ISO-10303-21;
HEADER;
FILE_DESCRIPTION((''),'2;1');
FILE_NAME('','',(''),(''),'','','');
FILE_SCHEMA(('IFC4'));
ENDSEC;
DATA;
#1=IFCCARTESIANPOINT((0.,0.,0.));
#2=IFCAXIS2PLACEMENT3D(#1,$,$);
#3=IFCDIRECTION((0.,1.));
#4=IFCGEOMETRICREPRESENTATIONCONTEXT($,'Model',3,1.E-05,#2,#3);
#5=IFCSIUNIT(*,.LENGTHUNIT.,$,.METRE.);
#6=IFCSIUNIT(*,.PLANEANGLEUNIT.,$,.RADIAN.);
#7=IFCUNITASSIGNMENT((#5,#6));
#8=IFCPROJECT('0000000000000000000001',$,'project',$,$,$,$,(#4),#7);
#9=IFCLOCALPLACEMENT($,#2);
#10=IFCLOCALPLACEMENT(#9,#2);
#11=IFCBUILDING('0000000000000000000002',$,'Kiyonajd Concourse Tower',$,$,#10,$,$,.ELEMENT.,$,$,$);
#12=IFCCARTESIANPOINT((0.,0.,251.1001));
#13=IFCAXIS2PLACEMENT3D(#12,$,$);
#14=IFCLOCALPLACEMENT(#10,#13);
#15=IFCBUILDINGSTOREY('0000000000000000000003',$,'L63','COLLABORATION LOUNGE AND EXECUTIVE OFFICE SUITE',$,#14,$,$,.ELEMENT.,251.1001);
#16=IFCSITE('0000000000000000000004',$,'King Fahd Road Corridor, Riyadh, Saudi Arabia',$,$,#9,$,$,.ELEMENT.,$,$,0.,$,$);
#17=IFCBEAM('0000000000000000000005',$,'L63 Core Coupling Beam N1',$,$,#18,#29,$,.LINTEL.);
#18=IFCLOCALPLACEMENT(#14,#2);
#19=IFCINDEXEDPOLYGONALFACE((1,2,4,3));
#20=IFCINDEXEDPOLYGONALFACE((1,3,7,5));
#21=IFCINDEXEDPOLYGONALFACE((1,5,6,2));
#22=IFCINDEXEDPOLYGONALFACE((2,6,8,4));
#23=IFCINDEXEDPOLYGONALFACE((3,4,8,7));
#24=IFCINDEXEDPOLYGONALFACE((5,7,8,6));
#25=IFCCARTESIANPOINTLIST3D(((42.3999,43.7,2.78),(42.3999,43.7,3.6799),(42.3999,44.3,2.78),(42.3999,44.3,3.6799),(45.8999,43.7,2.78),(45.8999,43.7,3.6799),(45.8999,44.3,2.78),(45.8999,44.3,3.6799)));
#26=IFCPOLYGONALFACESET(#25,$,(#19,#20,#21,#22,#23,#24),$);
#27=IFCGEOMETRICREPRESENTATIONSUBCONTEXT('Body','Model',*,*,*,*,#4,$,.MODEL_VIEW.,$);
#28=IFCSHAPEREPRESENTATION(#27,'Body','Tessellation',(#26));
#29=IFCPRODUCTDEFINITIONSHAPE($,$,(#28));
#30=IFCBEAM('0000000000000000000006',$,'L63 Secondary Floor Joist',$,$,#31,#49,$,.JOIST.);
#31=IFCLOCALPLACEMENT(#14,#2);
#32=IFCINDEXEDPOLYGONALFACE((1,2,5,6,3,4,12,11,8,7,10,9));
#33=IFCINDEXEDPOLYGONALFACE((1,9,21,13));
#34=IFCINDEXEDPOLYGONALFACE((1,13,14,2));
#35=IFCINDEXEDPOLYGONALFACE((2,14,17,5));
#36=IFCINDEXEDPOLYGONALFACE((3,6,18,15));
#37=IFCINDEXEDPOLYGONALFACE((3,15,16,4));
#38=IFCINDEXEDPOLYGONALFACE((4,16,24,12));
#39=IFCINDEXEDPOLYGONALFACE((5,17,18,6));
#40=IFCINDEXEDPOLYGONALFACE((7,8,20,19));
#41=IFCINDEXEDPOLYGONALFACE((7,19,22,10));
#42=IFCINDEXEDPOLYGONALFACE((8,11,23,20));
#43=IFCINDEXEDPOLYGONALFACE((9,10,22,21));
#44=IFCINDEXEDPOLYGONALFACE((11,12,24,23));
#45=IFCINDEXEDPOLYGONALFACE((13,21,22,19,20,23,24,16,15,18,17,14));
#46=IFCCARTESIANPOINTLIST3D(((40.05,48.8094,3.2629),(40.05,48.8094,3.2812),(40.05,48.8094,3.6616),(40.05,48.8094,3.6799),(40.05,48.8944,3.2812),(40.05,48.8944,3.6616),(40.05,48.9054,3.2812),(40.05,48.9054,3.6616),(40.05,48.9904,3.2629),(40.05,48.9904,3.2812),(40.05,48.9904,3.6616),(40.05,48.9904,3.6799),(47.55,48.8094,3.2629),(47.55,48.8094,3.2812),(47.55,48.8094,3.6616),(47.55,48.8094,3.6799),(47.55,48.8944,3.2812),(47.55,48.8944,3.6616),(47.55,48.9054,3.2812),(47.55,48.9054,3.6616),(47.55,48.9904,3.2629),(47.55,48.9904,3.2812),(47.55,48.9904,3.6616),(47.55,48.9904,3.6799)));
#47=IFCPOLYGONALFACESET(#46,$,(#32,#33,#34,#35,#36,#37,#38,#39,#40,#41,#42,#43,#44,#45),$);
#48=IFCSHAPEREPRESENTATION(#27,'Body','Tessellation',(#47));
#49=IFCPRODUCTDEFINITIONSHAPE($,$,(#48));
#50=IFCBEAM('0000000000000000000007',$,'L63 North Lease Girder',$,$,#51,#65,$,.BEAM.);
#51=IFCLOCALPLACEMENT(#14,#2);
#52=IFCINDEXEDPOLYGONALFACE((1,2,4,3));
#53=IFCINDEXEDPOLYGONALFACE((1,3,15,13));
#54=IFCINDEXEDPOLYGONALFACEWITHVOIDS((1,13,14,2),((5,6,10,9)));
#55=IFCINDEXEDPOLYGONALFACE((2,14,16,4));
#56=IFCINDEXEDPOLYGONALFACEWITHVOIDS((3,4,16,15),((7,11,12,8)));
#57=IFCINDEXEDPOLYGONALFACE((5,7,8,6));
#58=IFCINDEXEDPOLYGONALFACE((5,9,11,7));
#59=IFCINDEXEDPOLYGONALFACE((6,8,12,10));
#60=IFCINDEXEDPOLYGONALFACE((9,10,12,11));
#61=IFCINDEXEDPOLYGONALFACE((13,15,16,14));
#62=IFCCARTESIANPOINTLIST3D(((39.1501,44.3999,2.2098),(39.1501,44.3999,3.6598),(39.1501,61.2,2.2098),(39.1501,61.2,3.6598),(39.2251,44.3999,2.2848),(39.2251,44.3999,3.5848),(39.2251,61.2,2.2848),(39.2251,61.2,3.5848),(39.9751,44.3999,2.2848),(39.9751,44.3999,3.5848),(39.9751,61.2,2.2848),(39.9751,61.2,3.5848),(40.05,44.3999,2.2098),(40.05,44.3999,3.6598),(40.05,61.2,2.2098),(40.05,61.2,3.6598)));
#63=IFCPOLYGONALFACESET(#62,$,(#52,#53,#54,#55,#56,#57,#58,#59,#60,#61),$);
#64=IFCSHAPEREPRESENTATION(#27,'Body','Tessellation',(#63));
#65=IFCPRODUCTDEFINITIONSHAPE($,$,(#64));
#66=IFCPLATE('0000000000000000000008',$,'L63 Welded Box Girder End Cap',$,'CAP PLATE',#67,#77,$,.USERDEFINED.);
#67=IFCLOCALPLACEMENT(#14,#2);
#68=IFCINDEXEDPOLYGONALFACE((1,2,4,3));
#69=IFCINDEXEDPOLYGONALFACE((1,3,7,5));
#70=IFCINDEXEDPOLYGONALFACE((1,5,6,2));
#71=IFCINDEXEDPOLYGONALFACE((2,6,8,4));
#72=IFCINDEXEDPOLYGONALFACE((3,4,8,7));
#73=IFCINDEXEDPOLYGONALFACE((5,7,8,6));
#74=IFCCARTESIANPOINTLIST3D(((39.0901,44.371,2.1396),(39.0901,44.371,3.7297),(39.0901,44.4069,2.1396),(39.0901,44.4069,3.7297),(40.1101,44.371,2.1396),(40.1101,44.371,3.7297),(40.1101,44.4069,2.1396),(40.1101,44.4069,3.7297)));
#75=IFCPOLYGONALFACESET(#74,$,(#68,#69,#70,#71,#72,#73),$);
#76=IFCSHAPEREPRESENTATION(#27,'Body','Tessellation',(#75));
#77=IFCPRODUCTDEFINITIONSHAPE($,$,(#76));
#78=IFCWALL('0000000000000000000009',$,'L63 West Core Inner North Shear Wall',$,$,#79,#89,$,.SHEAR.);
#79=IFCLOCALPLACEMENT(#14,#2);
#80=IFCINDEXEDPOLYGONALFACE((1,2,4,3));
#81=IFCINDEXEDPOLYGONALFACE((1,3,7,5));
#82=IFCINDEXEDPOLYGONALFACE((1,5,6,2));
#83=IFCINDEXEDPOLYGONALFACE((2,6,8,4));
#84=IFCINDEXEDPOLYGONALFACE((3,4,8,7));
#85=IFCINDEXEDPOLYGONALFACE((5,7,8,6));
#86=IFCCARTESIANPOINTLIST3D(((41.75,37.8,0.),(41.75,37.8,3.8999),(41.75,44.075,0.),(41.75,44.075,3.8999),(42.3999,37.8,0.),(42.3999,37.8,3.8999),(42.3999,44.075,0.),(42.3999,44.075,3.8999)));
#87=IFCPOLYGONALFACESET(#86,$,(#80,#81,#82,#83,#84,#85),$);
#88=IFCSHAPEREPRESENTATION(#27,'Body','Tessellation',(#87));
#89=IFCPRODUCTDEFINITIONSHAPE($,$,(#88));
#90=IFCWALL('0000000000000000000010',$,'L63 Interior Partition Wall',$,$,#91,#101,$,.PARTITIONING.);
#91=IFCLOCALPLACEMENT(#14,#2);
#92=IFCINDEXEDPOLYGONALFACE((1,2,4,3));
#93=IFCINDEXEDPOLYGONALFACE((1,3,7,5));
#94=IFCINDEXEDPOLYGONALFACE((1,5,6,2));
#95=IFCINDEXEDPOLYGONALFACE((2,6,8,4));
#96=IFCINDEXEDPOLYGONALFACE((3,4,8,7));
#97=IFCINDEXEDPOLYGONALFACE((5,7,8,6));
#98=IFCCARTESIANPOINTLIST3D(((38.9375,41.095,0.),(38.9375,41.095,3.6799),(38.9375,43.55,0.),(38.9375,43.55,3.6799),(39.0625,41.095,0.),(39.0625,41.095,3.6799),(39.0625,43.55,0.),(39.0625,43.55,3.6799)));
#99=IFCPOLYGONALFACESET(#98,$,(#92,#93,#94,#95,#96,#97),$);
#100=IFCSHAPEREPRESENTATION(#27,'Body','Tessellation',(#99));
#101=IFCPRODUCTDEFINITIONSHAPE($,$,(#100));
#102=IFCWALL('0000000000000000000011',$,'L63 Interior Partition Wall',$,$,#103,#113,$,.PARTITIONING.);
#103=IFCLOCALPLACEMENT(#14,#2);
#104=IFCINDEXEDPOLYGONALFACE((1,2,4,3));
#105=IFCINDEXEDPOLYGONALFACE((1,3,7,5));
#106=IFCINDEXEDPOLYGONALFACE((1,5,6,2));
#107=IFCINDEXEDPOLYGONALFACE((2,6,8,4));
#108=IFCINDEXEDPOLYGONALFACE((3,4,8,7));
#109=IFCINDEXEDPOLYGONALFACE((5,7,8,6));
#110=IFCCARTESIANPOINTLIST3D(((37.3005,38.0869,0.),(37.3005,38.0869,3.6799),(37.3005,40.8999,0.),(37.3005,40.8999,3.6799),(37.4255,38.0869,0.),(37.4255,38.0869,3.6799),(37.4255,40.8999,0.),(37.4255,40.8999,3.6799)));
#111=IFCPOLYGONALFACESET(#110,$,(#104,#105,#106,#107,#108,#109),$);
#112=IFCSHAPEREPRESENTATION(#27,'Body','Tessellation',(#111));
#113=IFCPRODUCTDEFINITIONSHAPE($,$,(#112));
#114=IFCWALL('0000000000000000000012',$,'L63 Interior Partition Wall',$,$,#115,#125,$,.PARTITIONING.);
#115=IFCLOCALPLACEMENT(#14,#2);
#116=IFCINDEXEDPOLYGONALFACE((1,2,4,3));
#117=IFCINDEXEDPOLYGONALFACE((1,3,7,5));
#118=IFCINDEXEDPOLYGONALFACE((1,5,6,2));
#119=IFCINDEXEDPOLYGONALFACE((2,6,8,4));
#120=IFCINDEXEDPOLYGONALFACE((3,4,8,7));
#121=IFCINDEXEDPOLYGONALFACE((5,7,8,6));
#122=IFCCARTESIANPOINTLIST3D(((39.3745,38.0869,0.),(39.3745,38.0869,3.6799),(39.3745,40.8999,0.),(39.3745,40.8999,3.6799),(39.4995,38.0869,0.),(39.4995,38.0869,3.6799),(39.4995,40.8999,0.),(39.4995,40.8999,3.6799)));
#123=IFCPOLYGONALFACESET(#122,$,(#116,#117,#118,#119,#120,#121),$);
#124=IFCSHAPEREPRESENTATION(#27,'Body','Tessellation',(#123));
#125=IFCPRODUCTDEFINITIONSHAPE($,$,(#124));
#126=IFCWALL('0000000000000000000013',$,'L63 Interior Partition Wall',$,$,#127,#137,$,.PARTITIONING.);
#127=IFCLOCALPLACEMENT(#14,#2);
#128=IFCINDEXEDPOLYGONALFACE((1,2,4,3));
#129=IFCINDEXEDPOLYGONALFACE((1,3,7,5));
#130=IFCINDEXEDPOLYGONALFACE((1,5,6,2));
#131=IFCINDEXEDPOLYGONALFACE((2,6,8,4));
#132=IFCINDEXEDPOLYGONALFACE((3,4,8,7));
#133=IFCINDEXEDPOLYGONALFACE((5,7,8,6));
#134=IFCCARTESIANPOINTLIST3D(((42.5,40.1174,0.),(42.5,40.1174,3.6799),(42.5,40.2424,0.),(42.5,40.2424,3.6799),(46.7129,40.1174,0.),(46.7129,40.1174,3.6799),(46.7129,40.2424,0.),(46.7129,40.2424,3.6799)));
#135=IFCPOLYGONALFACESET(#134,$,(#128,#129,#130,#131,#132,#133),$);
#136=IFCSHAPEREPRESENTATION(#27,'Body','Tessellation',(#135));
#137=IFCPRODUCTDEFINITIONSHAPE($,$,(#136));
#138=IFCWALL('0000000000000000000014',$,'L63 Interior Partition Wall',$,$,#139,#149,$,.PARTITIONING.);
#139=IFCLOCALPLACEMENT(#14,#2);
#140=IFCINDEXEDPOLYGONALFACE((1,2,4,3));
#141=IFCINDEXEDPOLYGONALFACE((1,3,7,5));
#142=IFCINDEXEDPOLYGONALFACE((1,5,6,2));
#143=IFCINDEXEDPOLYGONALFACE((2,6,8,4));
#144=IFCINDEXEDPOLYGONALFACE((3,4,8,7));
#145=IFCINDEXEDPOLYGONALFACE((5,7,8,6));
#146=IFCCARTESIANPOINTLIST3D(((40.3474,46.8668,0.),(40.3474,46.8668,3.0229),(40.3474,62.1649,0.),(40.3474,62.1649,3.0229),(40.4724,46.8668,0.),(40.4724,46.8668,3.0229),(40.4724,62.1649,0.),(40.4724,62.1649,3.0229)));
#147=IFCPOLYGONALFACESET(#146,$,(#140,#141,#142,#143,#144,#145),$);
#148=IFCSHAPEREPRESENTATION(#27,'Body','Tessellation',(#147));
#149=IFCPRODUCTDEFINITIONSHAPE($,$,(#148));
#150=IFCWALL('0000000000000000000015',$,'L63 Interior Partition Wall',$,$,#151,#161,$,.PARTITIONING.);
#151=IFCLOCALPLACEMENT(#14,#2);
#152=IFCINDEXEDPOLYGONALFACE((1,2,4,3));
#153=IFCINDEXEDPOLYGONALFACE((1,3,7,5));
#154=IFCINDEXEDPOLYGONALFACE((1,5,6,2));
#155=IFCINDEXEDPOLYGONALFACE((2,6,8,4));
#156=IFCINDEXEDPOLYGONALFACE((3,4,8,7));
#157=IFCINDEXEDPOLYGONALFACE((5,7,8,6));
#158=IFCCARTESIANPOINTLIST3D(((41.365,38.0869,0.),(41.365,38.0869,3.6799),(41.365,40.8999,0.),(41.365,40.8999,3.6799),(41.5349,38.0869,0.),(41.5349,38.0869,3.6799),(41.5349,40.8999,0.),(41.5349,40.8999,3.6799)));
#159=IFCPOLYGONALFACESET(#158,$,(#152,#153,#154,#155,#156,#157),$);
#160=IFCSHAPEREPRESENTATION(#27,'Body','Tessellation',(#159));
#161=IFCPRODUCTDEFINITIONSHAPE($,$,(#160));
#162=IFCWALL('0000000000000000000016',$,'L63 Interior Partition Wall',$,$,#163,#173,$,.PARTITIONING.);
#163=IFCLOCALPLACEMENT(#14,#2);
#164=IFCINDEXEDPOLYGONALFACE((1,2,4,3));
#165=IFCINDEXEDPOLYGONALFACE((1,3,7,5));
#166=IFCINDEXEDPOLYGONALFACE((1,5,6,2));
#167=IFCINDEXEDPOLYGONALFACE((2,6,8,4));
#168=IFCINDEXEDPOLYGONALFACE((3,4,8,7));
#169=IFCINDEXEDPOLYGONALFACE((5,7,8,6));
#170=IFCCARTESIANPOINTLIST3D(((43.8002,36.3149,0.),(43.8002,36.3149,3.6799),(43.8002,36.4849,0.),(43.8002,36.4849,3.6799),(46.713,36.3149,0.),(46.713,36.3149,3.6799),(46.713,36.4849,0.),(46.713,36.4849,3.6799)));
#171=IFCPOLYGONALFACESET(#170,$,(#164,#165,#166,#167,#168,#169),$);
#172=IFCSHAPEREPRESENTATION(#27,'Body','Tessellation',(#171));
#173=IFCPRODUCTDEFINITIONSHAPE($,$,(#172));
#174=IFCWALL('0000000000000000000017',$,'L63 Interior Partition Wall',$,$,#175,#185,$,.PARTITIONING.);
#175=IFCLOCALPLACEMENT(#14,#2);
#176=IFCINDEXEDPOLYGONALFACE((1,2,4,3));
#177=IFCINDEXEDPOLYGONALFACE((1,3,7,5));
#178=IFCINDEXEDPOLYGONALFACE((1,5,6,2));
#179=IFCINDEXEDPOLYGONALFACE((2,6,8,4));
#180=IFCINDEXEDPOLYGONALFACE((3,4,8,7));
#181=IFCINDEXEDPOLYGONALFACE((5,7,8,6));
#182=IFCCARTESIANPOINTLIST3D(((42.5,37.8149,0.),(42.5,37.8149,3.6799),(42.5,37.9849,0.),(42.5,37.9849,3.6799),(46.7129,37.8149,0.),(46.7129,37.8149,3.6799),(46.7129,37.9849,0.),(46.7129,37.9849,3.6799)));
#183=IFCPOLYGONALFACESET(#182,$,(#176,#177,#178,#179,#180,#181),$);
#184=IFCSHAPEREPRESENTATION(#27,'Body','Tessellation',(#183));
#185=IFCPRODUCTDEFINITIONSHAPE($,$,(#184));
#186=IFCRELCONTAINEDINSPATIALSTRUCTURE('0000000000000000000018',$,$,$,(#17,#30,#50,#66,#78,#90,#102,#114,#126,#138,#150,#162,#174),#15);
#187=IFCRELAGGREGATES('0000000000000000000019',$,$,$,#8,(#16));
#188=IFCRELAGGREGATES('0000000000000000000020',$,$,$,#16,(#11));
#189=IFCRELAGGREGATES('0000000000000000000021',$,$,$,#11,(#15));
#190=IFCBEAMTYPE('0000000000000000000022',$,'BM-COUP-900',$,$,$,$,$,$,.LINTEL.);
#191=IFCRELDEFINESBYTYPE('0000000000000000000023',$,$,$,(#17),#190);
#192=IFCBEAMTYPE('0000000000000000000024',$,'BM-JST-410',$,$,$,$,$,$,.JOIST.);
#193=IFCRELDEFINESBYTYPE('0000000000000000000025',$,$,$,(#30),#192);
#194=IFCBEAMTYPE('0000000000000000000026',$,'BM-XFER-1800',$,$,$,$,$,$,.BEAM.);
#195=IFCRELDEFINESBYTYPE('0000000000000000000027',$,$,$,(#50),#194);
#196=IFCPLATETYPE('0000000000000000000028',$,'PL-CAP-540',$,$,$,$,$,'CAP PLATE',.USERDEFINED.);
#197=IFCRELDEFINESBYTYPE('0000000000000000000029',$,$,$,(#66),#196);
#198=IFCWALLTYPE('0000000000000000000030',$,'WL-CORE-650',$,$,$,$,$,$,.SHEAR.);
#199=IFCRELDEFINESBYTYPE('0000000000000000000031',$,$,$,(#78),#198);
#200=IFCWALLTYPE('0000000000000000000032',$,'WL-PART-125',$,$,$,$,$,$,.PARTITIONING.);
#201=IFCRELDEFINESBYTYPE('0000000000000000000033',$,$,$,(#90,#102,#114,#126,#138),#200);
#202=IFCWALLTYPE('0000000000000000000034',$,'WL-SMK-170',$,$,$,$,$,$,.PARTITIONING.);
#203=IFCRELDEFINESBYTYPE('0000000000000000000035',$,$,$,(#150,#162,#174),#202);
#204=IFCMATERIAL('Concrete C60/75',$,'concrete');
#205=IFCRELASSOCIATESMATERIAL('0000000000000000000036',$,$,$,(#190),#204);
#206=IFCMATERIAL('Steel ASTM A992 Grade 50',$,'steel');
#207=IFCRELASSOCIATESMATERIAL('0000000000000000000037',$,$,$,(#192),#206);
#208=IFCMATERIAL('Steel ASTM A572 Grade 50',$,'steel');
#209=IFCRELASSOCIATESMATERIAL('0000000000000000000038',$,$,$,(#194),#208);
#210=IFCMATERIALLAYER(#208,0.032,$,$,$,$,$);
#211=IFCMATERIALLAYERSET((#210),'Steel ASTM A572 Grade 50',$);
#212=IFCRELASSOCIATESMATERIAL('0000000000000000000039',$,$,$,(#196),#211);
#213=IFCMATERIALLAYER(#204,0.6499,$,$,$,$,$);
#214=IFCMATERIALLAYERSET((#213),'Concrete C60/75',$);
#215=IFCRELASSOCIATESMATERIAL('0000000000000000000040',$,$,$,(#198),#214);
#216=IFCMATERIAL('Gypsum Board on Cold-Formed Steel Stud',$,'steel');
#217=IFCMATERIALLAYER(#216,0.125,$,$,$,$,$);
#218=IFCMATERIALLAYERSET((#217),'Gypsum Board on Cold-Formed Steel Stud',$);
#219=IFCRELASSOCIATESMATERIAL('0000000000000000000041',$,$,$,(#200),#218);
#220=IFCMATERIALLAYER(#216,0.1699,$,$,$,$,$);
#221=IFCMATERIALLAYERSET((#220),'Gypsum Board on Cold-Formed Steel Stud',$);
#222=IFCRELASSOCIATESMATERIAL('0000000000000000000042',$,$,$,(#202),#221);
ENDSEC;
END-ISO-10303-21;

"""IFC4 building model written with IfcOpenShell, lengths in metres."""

from ifc_helpers import new_model, si_unit, direction, frame, frame_2d, origin, origin_2d, place, context, subcontext, project, spatial, rectangle, hollow_rectangle, i_section, extrude, material, layer, layer_set, material_profile, profile_set, type_object, element, save


model = new_model("IFC4")

# Units and contexts
model_context = context("Model", 3, precision=1e-05, world=origin(), true_north=direction((0.0, 1.0)))
body_context = subcontext(model_context, "Body", "Model", "MODEL_VIEW")
ifc_project = project(units=[si_unit("LENGTHUNIT", "METRE"), si_unit("PLANEANGLEUNIT", "RADIAN")], contexts=[model_context])

# Site, building, storey
site_placement = place(None, origin())
site = spatial("IfcSite", under=ifc_project, at=site_placement, Name="King Fahd Road Corridor, Riyadh, Saudi Arabia", CompositionType="ELEMENT", RefElevation=0.0)
building_placement = place(site_placement, origin())
building = spatial("IfcBuilding", under=site, at=building_placement, Name="Kiyonajd Concourse Tower", CompositionType="ELEMENT")
storey_placement = place(building_placement, frame((0.0, 0.0, 251.1001)))
storey = spatial("IfcBuildingStorey", under=building, at=storey_placement, Name="L63", Description="COLLABORATION LOUNGE AND EXECUTIVE OFFICE SUITE", CompositionType="ELEMENT", Elevation=251.1001)

# Beams
ifc_material_1 = material(Name="Concrete C60/75", Category="concrete")
ifc_material_profile_1 = material_profile(ifc_material_1, rectangle(XDim=0.6001, YDim=0.8999, at=origin_2d()), Name="RCBM-600x900")
ifc_profile_set_1 = profile_set([ifc_material_profile_1], Name="Concrete C60/75")
beam_type_1 = type_object("IfcBeamType", Name="BM-COUP-900", PredefinedType="LINTEL", material=ifc_profile_set_1)
beam_1_placement = place(storey_placement, frame((42.3999, 44.0, 3.23), z_axis=(1.0, 0.0, 0.0), x_axis=(0.0, 1.0, 0.0)))
element("IfcBeam", 1, at=beam_1_placement, inside=storey, type_object=beam_type_1, Name="L63 Core Coupling Beam N1", PredefinedType="LINTEL", context=body_context, shape_type="SweptSolid", body=[
    extrude(rectangle(XDim=0.6001, YDim=0.8999, at=origin_2d()), origin(), (0.0, 0.0, 1.0), 3.5),
])
ifc_material_2 = material(Name="Steel ASTM A992 Grade 50", Category="steel")
ifc_material_profile_2 = material_profile(ifc_material_2, i_section(OverallWidth=0.1809, OverallDepth=0.417, WebThickness=0.011, FlangeThickness=0.0183, at=origin_2d()), Name="W410X85")
ifc_profile_set_2 = profile_set([ifc_material_profile_2], Name="Steel ASTM A992 Grade 50")
beam_type_2 = type_object("IfcBeamType", Name="BM-JST-410", PredefinedType="JOIST", material=ifc_profile_set_2)
beam_2_placement = place(storey_placement, frame((40.05, 48.8999, 3.4714), z_axis=(1.0, 0.0, 0.0), x_axis=(0.0, 1.0, 0.0)))
element("IfcBeam", 2, at=beam_2_placement, inside=storey, type_object=beam_type_2, Name="L63 Secondary Floor Joist", PredefinedType="JOIST", context=body_context, shape_type="SweptSolid", body=[
    extrude(i_section(OverallWidth=0.1809, OverallDepth=0.417, WebThickness=0.011, FlangeThickness=0.0183, at=origin_2d()), origin(), (0.0, 0.0, 1.0), 7.5),
])
ifc_material_3 = material(Name="Steel ASTM A572 Grade 50", Category="steel")
ifc_material_profile_3 = material_profile(ifc_material_3, hollow_rectangle(XDim=0.8999, YDim=1.45, WallThickness=0.075, at=origin_2d()), Name="BOX-1450x900x75")
ifc_profile_set_3 = profile_set([ifc_material_profile_3], Name="Steel ASTM A572 Grade 50")
beam_type_3 = type_object("IfcBeamType", Name="BM-XFER-1800", PredefinedType="BEAM", material=ifc_profile_set_3)
beam_3_placement = place(storey_placement, frame((39.6001, 44.3999, 2.9348), z_axis=(0.0, 1.0, 0.0), x_axis=(-1.0, 0.0, 0.0)))
element("IfcBeam", 3, at=beam_3_placement, inside=storey, type_object=beam_type_3, Name="L63 North Lease Girder", PredefinedType="BEAM", context=body_context, shape_type="SweptSolid", body=[
    extrude(hollow_rectangle(XDim=0.8999, YDim=1.45, WallThickness=0.075, at=origin_2d()), origin(), (0.0, 0.0, 1.0), 16.8),
])

# Plate
ifc_layer_1 = layer(ifc_material_3, 0.032)
ifc_layer_set_1 = layer_set([ifc_layer_1], Name="Steel ASTM A572 Grade 50")
plate_type = type_object("IfcPlateType", Name="PL-CAP-540", ElementType="CAP PLATE", PredefinedType="USERDEFINED", material=ifc_layer_set_1)
plate_placement = place(storey_placement, frame((39.6001, 44.3889, 2.1396), z_axis=(0.0, 0.0, 1.0), x_axis=(0.0, -1.0, 0.0)))
element("IfcPlate", 4, at=plate_placement, inside=storey, type_object=plate_type, Name="L63 Welded Box Girder End Cap", ObjectType="CAP PLATE", PredefinedType="USERDEFINED", context=body_context, shape_type="SweptSolid", body=[
    extrude(rectangle(XDim=0.0359, YDim=1.02, at=origin_2d()), origin(), (0.0, 0.0, 1.0), 1.5901),
])

# Walls
ifc_layer_2 = layer(ifc_material_1, 0.6499)
ifc_layer_set_2 = layer_set([ifc_layer_2], Name="Concrete C60/75")
wall_type_1 = type_object("IfcWallType", Name="WL-CORE-650", PredefinedType="SHEAR", material=ifc_layer_set_2)
wall_1_placement = place(storey_placement, frame((42.075, 37.8, 0.0), z_axis=(0.0, 0.0, 1.0), x_axis=(0.0, 1.0, 0.0)))
element("IfcWall", 5, at=wall_1_placement, inside=storey, type_object=wall_type_1, Name="L63 West Core Inner North Shear Wall", PredefinedType="SHEAR", context=body_context, shape_type="SweptSolid", body=[
    extrude(rectangle(XDim=6.2749, YDim=0.6499, at=frame_2d((3.1375, 0.0))), origin(), (0.0, 0.0, 1.0), 3.8999),
])
ifc_material_4 = material(Name="Gypsum Board on Cold-Formed Steel Stud", Category="steel")
ifc_layer_3 = layer(ifc_material_4, 0.125)
ifc_layer_set_3 = layer_set([ifc_layer_3], Name="Gypsum Board on Cold-Formed Steel Stud")
wall_type_2 = type_object("IfcWallType", Name="WL-PART-125", PredefinedType="PARTITIONING", material=ifc_layer_set_3)
wall_2_placement = place(storey_placement, frame((39.0, 41.095, 0.0), z_axis=(0.0, 0.0, 1.0), x_axis=(0.0, 1.0, 0.0)))
element("IfcWall", 6, at=wall_2_placement, inside=storey, type_object=wall_type_2, Name="L63 Interior Partition Wall", PredefinedType="PARTITIONING", context=body_context, shape_type="SweptSolid", body=[
    extrude(rectangle(XDim=2.4551, YDim=0.125, at=frame_2d((1.2275, 0.0))), origin(), (0.0, 0.0, 1.0), 3.6799),
])
for number, where, z_axis, x_axis, name in (
    (7, (37.363, 38.0869, 0.0), (0.0, 0.0, 1.0), (0.0, 1.0, 0.0), "L63 Interior Partition Wall"),
    (8, (39.437, 38.0869, 0.0), (0.0, 0.0, 1.0), (0.0, 1.0, 0.0), "L63 Interior Partition Wall"),
):
    element("IfcWall", number, at=place(storey_placement, frame(where, z_axis=z_axis, x_axis=x_axis)), inside=storey, type_object=wall_type_2, Name=name, PredefinedType="PARTITIONING", context=body_context, shape_type="SweptSolid", body=[
        extrude(rectangle(XDim=2.813, YDim=0.125, at=frame_2d((1.4065, 0.0))), origin(), (0.0, 0.0, 1.0), 3.6799),
    ])
wall_3_placement = place(storey_placement, frame((42.5, 40.1799, 0.0), z_axis=(0.0, 0.0, 1.0), x_axis=(1.0, 0.0, 0.0)))
element("IfcWall", 9, at=wall_3_placement, inside=storey, type_object=wall_type_2, Name="L63 Interior Partition Wall", PredefinedType="PARTITIONING", context=body_context, shape_type="SweptSolid", body=[
    extrude(rectangle(XDim=4.2129, YDim=0.125, at=frame_2d((2.1064, 0.0))), origin(), (0.0, 0.0, 1.0), 3.6799),
])
wall_4_placement = place(storey_placement, frame((40.4099, 46.8669, 0.0), z_axis=(0.0, 0.0, 1.0), x_axis=(0.0, 1.0, 0.0)))
element("IfcWall", 10, at=wall_4_placement, inside=storey, type_object=wall_type_2, Name="L63 Interior Partition Wall", PredefinedType="PARTITIONING", context=body_context, shape_type="SweptSolid", body=[
    extrude(rectangle(XDim=15.2981, YDim=0.125, at=frame_2d((7.6489, 0.0))), origin(), (0.0, 0.0, 1.0), 3.0229),
])
ifc_layer_4 = layer(ifc_material_4, 0.1699)
ifc_layer_set_4 = layer_set([ifc_layer_4], Name="Gypsum Board on Cold-Formed Steel Stud")
wall_type_3 = type_object("IfcWallType", Name="WL-SMK-170", PredefinedType="PARTITIONING", material=ifc_layer_set_4)
wall_5_placement = place(storey_placement, frame((41.45, 38.0869, 0.0), z_axis=(0.0, 0.0, 1.0), x_axis=(0.0, 1.0, 0.0)))
element("IfcWall", 11, at=wall_5_placement, inside=storey, type_object=wall_type_3, Name="L63 Interior Partition Wall", PredefinedType="PARTITIONING", context=body_context, shape_type="SweptSolid", body=[
    extrude(rectangle(XDim=2.813, YDim=0.1699, at=frame_2d((1.4065, 0.0))), origin(), (0.0, 0.0, 1.0), 3.6799),
])
wall_6_placement = place(storey_placement, frame((43.8, 36.3999, 0.0), z_axis=(0.0, 0.0, 1.0), x_axis=(1.0, 0.0, 0.0)))
element("IfcWall", 12, at=wall_6_placement, inside=storey, type_object=wall_type_3, Name="L63 Interior Partition Wall", PredefinedType="PARTITIONING", context=body_context, shape_type="SweptSolid", body=[
    extrude(rectangle(XDim=2.9128, YDim=0.1699, at=frame_2d((1.4565, 0.0))), origin(), (0.0, 0.0, 1.0), 3.6799),
])
wall_7_placement = place(storey_placement, frame((42.5, 37.8999, 0.0), z_axis=(0.0, 0.0, 1.0), x_axis=(1.0, 0.0, 0.0)))
element("IfcWall", 13, at=wall_7_placement, inside=storey, type_object=wall_type_3, Name="L63 Interior Partition Wall", PredefinedType="PARTITIONING", context=body_context, shape_type="SweptSolid", body=[
    extrude(rectangle(XDim=4.2129, YDim=0.1699, at=frame_2d((2.1064, 0.0))), origin(), (0.0, 0.0, 1.0), 3.6799),
])

save(model, "model.ifc")
